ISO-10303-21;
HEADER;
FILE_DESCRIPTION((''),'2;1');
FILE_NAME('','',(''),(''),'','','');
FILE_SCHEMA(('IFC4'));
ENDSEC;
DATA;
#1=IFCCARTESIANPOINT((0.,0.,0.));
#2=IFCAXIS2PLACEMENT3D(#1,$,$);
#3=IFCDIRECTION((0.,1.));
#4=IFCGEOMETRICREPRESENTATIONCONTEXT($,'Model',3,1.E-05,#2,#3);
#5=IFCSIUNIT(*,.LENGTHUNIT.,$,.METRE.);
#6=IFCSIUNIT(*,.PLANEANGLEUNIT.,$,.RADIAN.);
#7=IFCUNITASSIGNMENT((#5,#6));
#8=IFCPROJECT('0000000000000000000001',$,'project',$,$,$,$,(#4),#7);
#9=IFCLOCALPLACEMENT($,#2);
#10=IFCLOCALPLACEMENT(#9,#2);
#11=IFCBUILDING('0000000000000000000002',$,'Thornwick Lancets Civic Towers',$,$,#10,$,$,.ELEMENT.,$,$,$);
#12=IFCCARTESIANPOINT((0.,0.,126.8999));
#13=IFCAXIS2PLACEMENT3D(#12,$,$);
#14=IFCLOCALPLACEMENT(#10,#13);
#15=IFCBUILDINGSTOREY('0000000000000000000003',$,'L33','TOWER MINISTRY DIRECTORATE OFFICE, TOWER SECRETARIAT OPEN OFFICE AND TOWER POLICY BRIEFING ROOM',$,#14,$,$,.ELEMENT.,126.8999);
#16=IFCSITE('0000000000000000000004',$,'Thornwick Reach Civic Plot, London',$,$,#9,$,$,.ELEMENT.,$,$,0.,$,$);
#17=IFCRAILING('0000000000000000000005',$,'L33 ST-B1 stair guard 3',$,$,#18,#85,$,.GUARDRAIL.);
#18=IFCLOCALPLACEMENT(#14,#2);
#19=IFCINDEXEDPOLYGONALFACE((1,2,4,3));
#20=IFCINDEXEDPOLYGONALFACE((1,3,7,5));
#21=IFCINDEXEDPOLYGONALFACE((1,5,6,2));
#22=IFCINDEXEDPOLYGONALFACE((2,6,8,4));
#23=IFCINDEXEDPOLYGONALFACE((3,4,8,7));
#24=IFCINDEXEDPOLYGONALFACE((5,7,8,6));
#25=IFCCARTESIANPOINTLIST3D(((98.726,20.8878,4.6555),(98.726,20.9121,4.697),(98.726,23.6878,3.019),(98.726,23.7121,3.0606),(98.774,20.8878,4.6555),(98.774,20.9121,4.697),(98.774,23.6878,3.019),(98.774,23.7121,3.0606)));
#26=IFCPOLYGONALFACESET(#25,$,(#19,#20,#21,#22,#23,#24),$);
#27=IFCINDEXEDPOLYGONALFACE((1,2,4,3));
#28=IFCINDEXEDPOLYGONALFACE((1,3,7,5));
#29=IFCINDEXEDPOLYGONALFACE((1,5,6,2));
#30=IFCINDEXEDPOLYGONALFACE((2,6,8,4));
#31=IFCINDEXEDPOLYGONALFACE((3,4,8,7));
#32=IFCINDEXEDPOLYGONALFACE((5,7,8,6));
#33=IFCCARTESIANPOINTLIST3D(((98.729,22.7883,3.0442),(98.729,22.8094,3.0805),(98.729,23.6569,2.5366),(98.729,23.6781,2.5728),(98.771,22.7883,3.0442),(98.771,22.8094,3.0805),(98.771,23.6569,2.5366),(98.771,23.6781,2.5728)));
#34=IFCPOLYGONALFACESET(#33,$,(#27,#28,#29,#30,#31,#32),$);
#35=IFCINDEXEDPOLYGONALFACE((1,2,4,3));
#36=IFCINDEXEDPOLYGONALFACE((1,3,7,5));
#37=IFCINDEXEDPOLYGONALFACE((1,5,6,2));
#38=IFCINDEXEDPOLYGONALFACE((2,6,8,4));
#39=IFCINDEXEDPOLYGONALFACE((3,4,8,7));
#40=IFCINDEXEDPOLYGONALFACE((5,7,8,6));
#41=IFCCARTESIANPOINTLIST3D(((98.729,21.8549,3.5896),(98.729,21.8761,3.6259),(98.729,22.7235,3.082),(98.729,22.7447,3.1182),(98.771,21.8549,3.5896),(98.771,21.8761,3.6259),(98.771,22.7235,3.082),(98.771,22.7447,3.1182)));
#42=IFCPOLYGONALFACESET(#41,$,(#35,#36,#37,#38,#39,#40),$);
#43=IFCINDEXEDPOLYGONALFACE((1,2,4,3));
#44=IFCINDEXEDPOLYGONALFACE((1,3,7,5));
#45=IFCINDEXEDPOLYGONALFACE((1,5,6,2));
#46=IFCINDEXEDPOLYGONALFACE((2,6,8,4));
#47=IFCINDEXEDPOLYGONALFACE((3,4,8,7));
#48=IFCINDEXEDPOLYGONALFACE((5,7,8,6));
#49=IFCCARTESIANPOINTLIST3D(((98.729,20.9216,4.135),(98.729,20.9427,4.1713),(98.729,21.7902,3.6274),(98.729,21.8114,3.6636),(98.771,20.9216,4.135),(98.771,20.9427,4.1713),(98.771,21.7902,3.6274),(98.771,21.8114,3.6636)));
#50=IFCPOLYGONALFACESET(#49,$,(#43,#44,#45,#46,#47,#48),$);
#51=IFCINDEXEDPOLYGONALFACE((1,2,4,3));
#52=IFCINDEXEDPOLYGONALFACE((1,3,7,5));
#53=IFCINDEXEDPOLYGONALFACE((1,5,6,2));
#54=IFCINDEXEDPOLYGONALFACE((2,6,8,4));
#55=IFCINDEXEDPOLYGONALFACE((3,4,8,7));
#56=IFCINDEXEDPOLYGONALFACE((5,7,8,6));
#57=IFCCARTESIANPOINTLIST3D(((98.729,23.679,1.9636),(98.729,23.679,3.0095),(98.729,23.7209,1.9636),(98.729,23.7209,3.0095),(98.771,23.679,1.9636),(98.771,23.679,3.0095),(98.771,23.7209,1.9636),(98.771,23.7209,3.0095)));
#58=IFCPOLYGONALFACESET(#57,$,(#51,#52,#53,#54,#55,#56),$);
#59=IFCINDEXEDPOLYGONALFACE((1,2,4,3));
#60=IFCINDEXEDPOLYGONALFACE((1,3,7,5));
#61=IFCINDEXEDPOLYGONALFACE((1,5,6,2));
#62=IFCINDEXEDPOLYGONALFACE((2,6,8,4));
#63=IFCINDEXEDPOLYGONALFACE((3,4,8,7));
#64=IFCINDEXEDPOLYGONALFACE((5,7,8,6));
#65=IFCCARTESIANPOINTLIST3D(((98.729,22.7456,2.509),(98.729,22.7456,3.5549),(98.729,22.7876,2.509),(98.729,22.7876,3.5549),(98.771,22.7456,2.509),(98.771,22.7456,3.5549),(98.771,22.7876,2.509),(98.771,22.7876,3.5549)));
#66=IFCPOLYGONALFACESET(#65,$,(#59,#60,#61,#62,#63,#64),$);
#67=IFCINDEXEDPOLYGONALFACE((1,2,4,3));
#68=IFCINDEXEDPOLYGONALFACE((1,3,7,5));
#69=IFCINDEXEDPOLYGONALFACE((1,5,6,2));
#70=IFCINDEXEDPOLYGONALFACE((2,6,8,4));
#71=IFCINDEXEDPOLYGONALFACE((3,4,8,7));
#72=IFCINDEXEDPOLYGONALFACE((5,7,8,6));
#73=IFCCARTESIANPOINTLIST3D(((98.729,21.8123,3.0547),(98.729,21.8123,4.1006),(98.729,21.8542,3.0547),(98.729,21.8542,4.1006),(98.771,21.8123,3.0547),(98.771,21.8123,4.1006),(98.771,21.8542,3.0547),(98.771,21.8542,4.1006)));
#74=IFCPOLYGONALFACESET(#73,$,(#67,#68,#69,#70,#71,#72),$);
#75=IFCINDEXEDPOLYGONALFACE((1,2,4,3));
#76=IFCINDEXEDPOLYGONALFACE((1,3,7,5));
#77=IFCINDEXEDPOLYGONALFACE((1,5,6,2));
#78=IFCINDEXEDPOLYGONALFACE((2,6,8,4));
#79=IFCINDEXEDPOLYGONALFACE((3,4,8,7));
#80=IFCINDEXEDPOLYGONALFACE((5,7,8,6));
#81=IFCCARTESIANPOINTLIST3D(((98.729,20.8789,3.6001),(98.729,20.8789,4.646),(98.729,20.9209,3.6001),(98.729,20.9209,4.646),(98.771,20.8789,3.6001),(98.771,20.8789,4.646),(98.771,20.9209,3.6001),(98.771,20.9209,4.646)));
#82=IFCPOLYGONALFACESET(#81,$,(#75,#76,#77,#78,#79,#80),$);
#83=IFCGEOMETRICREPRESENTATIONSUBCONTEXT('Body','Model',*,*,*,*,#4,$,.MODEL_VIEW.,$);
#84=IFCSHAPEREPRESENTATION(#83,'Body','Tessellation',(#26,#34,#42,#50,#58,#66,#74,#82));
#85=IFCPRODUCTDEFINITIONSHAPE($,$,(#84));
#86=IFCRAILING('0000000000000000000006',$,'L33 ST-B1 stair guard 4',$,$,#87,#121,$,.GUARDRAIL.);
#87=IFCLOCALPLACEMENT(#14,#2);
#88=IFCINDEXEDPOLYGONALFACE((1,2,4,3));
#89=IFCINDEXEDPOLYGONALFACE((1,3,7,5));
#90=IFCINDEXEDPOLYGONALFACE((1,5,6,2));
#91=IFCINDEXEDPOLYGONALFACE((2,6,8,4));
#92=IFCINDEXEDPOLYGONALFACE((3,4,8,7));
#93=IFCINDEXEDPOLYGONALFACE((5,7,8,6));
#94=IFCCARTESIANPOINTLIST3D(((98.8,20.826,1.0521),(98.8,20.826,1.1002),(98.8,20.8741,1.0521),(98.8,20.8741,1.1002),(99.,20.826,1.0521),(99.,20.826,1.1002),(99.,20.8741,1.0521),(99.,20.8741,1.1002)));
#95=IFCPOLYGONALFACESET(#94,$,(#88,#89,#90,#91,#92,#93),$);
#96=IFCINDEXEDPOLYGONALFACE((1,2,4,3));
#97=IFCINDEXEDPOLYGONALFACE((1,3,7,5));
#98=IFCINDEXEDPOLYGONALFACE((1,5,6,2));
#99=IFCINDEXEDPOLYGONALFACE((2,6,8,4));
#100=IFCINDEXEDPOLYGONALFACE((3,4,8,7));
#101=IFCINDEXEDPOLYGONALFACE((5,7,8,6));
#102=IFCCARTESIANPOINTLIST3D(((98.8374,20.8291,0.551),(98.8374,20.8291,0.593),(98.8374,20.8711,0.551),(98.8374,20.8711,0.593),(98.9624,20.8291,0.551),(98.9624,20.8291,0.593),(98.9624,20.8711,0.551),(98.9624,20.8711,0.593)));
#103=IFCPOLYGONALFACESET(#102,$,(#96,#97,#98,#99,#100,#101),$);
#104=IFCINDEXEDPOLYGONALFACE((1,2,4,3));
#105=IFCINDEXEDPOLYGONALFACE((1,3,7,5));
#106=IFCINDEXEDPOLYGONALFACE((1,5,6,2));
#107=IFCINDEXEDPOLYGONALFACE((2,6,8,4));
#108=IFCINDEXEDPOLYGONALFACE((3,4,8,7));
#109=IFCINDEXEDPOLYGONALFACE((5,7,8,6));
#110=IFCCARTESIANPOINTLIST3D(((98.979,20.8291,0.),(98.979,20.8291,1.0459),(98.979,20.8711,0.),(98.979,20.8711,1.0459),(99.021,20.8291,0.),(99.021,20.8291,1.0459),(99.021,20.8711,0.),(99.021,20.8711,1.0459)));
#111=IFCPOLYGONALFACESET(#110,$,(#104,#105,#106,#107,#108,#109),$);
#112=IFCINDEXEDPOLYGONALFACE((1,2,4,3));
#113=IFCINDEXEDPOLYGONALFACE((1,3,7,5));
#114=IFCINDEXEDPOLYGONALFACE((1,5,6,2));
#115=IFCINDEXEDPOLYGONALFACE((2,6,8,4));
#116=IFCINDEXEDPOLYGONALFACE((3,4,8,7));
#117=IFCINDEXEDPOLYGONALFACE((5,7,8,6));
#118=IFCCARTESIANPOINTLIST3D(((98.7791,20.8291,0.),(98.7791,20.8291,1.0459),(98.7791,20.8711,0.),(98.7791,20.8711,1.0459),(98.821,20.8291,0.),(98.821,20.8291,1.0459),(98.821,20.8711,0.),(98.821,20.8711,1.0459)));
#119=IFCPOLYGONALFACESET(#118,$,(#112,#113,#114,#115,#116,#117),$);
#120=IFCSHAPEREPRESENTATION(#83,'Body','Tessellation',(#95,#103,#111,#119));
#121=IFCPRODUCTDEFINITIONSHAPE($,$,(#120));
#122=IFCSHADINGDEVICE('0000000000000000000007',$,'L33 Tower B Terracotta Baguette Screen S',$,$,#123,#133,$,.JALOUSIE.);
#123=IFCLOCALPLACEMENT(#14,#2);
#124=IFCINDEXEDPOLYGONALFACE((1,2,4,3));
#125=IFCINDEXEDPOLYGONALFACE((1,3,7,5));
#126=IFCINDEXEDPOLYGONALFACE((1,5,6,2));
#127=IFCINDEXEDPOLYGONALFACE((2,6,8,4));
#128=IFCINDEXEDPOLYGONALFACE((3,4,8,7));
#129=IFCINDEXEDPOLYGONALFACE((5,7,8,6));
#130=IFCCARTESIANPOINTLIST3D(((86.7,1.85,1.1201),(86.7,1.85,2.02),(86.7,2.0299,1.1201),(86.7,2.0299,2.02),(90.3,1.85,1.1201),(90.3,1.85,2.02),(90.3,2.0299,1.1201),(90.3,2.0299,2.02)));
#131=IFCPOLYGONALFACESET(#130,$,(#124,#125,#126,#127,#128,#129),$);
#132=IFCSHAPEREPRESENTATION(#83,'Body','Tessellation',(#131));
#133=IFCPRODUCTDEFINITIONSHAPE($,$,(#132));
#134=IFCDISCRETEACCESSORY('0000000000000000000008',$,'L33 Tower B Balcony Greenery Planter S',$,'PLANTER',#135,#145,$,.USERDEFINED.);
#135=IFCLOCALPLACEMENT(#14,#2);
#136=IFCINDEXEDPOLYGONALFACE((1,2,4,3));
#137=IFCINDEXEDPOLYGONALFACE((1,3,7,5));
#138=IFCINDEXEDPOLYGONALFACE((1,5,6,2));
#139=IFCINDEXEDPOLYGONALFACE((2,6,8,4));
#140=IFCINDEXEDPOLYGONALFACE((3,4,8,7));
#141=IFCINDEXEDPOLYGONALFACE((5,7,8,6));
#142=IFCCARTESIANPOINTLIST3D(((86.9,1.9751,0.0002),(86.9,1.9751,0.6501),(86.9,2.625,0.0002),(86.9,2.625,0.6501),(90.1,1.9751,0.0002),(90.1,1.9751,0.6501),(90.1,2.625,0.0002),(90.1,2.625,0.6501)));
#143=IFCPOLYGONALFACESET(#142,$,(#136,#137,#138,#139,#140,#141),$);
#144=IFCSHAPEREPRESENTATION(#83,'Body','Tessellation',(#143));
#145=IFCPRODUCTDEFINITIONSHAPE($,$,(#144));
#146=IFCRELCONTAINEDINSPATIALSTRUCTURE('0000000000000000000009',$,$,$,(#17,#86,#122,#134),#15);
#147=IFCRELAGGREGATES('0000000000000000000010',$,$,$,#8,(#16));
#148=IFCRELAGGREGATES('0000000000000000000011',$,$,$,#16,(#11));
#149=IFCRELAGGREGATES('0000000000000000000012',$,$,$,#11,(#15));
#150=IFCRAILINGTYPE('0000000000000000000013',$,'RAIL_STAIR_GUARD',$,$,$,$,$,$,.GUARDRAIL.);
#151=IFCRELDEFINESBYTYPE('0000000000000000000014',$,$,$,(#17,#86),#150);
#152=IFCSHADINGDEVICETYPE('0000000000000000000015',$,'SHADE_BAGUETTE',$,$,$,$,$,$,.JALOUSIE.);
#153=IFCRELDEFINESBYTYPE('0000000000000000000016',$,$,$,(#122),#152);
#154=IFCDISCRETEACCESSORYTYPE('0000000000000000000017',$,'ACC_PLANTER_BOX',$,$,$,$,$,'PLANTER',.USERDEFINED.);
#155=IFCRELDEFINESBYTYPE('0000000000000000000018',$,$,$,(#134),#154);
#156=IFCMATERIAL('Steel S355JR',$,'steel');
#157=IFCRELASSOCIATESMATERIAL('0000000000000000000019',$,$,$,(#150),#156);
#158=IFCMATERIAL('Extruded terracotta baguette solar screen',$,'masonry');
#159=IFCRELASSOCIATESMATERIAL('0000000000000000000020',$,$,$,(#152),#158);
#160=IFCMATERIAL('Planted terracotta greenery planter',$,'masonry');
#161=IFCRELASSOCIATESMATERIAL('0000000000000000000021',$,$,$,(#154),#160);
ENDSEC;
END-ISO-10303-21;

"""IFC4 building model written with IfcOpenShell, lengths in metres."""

from ifc_helpers import new_model, si_unit, direction, frame, origin, origin_2d, place, context, subcontext, project, spatial, rectangle, extrude, material, type_object, element, save


model = new_model("IFC4")

# Units and contexts
model_context = context("Model", 3, precision=1e-05, world=origin(), true_north=direction((0.0, 1.0)))
body_context = subcontext(model_context, "Body", "Model", "MODEL_VIEW")
ifc_project = project(units=[si_unit("LENGTHUNIT", "METRE"), si_unit("PLANEANGLEUNIT", "RADIAN")], contexts=[model_context])

# Site, building, storey
site_placement = place(None, origin())
site = spatial("IfcSite", under=ifc_project, at=site_placement, Name="Thornwick Reach Civic Plot, London", CompositionType="ELEMENT", RefElevation=0.0)
building_placement = place(site_placement, origin())
building = spatial("IfcBuilding", under=site, at=building_placement, Name="Thornwick Lancets Civic Towers", CompositionType="ELEMENT")
storey_placement = place(building_placement, frame((0.0, 0.0, 126.8999)))
storey = spatial("IfcBuildingStorey", under=building, at=storey_placement, Name="L33", Description="TOWER MINISTRY DIRECTORATE OFFICE, TOWER SECRETARIAT OPEN OFFICE AND TOWER POLICY BRIEFING ROOM", CompositionType="ELEMENT", Elevation=126.8999)

# Shared definitions
ifc_material_1 = material(Name="Steel S355JR", Category="steel")

# Railings
railing_type_1 = type_object("IfcRailingType", Name="RAIL_STAIR_GUARD", PredefinedType="GUARDRAIL", material=ifc_material_1)
railing_1_placement = place(storey_placement, frame((98.75, 23.7, 1.9636)))
element("IfcRailing", 1, at=railing_1_placement, inside=storey, type_object=railing_type_1, Name="L33 ST-B1 stair guard 3", PredefinedType="GUARDRAIL", context=body_context, shape_type="SweptSolid", body=[
    extrude(rectangle(XDim=0.0481, YDim=0.0481, at=origin_2d()), frame((0.0, 0.0, 1.0762), z_axis=(0.0, -0.863361, 0.504587), x_axis=(1.0, 0.0, 0.0)), (0.0, 0.0, 1.0), 3.2432),
    extrude(rectangle(XDim=0.042, YDim=0.042, at=origin_2d()), frame((0.0, -0.0325, 0.5911), z_axis=(0.0, -0.863361, 0.504587), x_axis=(1.0, 0.0, 0.0)), (0.0, 0.0, 1.0), 1.0061),
    extrude(rectangle(XDim=0.042, YDim=0.042, at=origin_2d()), frame((0.0, -0.9658, 1.1365), z_axis=(0.0, -0.863361, 0.504587), x_axis=(1.0, 0.0, 0.0)), (0.0, 0.0, 1.0), 1.0061),
    extrude(rectangle(XDim=0.042, YDim=0.042, at=origin_2d()), frame((0.0, -1.8992, 1.6819), z_axis=(0.0, -0.863361, 0.504587), x_axis=(1.0, 0.0, 0.0)), (0.0, 0.0, 1.0), 1.0061),
    extrude(rectangle(XDim=0.042, YDim=0.042, at=origin_2d()), origin(), (0.0, 0.0, 1.0), 1.0459),
    extrude(rectangle(XDim=0.042, YDim=0.042, at=origin_2d()), frame((0.0, -0.9333, 0.5454)), (0.0, 0.0, 1.0), 1.0459),
    extrude(rectangle(XDim=0.042, YDim=0.042, at=origin_2d()), frame((0.0, -1.8667, 1.0911)), (0.0, 0.0, 1.0), 1.0459),
    extrude(rectangle(XDim=0.042, YDim=0.042, at=origin_2d()), frame((0.0, -2.8, 1.6365)), (0.0, 0.0, 1.0), 1.0459),
])
railing_2_placement = place(storey_placement, frame((99.0, 20.8501, 0.0)))
element("IfcRailing", 2, at=railing_2_placement, inside=storey, type_object=railing_type_1, Name="L33 ST-B1 stair guard 4", PredefinedType="GUARDRAIL", context=body_context, shape_type="SweptSolid", body=[
    extrude(rectangle(XDim=0.0481, YDim=0.0481, at=origin_2d()), frame((0.0, 0.0, 1.0762), z_axis=(-1.0, 0.0, 0.0), x_axis=(0.0, -1.0, 0.0)), (0.0, 0.0, 1.0), 0.2),
    extrude(rectangle(XDim=0.042, YDim=0.042, at=origin_2d()), frame((-0.0376, 0.0, 0.572), z_axis=(-1.0, 0.0, 0.0), x_axis=(0.0, -1.0, 0.0)), (0.0, 0.0, 1.0), 0.125),
    extrude(rectangle(XDim=0.042, YDim=0.042, at=origin_2d()), origin(), (0.0, 0.0, 1.0), 1.0459),
    extrude(rectangle(XDim=0.042, YDim=0.042, at=origin_2d()), frame((-0.2, 0.0, 0.0)), (0.0, 0.0, 1.0), 1.0459),
])

# Shading device
ifc_material_2 = material(Name="Extruded terracotta baguette solar screen", Category="masonry")
shading_device_type = type_object("IfcShadingDeviceType", Name="SHADE_BAGUETTE", PredefinedType="JALOUSIE", material=ifc_material_2)
shading_device_placement = place(storey_placement, frame((88.5, 1.9399, 1.1201), z_axis=(0.0, 0.0, 1.0), x_axis=(1.0, 0.0, 0.0)))
element("IfcShadingDevice", 3, at=shading_device_placement, inside=storey, type_object=shading_device_type, Name="L33 Tower B Terracotta Baguette Screen S", PredefinedType="JALOUSIE", context=body_context, shape_type="SweptSolid", body=[
    extrude(rectangle(XDim=3.6001, YDim=0.1799, at=origin_2d()), origin(), (0.0, 0.0, 1.0), 0.8999),
])

# Discrete accessory
ifc_material_3 = material(Name="Planted terracotta greenery planter", Category="masonry")
discrete_accessory_type = type_object("IfcDiscreteAccessoryType", Name="ACC_PLANTER_BOX", ElementType="PLANTER", PredefinedType="USERDEFINED", material=ifc_material_3)
discrete_accessory_placement = place(storey_placement, frame((88.5, 2.3, 0.0002), z_axis=(0.0, 0.0, 1.0), x_axis=(1.0, 0.0, 0.0)))
element("IfcDiscreteAccessory", 4, at=discrete_accessory_placement, inside=storey, type_object=discrete_accessory_type, Name="L33 Tower B Balcony Greenery Planter S", ObjectType="PLANTER", PredefinedType="USERDEFINED", context=body_context, shape_type="SweptSolid", body=[
    extrude(rectangle(XDim=3.2, YDim=0.6499, at=origin_2d()), origin(), (0.0, 0.0, 1.0), 0.6499),
])

save(model, "model.ifc")
